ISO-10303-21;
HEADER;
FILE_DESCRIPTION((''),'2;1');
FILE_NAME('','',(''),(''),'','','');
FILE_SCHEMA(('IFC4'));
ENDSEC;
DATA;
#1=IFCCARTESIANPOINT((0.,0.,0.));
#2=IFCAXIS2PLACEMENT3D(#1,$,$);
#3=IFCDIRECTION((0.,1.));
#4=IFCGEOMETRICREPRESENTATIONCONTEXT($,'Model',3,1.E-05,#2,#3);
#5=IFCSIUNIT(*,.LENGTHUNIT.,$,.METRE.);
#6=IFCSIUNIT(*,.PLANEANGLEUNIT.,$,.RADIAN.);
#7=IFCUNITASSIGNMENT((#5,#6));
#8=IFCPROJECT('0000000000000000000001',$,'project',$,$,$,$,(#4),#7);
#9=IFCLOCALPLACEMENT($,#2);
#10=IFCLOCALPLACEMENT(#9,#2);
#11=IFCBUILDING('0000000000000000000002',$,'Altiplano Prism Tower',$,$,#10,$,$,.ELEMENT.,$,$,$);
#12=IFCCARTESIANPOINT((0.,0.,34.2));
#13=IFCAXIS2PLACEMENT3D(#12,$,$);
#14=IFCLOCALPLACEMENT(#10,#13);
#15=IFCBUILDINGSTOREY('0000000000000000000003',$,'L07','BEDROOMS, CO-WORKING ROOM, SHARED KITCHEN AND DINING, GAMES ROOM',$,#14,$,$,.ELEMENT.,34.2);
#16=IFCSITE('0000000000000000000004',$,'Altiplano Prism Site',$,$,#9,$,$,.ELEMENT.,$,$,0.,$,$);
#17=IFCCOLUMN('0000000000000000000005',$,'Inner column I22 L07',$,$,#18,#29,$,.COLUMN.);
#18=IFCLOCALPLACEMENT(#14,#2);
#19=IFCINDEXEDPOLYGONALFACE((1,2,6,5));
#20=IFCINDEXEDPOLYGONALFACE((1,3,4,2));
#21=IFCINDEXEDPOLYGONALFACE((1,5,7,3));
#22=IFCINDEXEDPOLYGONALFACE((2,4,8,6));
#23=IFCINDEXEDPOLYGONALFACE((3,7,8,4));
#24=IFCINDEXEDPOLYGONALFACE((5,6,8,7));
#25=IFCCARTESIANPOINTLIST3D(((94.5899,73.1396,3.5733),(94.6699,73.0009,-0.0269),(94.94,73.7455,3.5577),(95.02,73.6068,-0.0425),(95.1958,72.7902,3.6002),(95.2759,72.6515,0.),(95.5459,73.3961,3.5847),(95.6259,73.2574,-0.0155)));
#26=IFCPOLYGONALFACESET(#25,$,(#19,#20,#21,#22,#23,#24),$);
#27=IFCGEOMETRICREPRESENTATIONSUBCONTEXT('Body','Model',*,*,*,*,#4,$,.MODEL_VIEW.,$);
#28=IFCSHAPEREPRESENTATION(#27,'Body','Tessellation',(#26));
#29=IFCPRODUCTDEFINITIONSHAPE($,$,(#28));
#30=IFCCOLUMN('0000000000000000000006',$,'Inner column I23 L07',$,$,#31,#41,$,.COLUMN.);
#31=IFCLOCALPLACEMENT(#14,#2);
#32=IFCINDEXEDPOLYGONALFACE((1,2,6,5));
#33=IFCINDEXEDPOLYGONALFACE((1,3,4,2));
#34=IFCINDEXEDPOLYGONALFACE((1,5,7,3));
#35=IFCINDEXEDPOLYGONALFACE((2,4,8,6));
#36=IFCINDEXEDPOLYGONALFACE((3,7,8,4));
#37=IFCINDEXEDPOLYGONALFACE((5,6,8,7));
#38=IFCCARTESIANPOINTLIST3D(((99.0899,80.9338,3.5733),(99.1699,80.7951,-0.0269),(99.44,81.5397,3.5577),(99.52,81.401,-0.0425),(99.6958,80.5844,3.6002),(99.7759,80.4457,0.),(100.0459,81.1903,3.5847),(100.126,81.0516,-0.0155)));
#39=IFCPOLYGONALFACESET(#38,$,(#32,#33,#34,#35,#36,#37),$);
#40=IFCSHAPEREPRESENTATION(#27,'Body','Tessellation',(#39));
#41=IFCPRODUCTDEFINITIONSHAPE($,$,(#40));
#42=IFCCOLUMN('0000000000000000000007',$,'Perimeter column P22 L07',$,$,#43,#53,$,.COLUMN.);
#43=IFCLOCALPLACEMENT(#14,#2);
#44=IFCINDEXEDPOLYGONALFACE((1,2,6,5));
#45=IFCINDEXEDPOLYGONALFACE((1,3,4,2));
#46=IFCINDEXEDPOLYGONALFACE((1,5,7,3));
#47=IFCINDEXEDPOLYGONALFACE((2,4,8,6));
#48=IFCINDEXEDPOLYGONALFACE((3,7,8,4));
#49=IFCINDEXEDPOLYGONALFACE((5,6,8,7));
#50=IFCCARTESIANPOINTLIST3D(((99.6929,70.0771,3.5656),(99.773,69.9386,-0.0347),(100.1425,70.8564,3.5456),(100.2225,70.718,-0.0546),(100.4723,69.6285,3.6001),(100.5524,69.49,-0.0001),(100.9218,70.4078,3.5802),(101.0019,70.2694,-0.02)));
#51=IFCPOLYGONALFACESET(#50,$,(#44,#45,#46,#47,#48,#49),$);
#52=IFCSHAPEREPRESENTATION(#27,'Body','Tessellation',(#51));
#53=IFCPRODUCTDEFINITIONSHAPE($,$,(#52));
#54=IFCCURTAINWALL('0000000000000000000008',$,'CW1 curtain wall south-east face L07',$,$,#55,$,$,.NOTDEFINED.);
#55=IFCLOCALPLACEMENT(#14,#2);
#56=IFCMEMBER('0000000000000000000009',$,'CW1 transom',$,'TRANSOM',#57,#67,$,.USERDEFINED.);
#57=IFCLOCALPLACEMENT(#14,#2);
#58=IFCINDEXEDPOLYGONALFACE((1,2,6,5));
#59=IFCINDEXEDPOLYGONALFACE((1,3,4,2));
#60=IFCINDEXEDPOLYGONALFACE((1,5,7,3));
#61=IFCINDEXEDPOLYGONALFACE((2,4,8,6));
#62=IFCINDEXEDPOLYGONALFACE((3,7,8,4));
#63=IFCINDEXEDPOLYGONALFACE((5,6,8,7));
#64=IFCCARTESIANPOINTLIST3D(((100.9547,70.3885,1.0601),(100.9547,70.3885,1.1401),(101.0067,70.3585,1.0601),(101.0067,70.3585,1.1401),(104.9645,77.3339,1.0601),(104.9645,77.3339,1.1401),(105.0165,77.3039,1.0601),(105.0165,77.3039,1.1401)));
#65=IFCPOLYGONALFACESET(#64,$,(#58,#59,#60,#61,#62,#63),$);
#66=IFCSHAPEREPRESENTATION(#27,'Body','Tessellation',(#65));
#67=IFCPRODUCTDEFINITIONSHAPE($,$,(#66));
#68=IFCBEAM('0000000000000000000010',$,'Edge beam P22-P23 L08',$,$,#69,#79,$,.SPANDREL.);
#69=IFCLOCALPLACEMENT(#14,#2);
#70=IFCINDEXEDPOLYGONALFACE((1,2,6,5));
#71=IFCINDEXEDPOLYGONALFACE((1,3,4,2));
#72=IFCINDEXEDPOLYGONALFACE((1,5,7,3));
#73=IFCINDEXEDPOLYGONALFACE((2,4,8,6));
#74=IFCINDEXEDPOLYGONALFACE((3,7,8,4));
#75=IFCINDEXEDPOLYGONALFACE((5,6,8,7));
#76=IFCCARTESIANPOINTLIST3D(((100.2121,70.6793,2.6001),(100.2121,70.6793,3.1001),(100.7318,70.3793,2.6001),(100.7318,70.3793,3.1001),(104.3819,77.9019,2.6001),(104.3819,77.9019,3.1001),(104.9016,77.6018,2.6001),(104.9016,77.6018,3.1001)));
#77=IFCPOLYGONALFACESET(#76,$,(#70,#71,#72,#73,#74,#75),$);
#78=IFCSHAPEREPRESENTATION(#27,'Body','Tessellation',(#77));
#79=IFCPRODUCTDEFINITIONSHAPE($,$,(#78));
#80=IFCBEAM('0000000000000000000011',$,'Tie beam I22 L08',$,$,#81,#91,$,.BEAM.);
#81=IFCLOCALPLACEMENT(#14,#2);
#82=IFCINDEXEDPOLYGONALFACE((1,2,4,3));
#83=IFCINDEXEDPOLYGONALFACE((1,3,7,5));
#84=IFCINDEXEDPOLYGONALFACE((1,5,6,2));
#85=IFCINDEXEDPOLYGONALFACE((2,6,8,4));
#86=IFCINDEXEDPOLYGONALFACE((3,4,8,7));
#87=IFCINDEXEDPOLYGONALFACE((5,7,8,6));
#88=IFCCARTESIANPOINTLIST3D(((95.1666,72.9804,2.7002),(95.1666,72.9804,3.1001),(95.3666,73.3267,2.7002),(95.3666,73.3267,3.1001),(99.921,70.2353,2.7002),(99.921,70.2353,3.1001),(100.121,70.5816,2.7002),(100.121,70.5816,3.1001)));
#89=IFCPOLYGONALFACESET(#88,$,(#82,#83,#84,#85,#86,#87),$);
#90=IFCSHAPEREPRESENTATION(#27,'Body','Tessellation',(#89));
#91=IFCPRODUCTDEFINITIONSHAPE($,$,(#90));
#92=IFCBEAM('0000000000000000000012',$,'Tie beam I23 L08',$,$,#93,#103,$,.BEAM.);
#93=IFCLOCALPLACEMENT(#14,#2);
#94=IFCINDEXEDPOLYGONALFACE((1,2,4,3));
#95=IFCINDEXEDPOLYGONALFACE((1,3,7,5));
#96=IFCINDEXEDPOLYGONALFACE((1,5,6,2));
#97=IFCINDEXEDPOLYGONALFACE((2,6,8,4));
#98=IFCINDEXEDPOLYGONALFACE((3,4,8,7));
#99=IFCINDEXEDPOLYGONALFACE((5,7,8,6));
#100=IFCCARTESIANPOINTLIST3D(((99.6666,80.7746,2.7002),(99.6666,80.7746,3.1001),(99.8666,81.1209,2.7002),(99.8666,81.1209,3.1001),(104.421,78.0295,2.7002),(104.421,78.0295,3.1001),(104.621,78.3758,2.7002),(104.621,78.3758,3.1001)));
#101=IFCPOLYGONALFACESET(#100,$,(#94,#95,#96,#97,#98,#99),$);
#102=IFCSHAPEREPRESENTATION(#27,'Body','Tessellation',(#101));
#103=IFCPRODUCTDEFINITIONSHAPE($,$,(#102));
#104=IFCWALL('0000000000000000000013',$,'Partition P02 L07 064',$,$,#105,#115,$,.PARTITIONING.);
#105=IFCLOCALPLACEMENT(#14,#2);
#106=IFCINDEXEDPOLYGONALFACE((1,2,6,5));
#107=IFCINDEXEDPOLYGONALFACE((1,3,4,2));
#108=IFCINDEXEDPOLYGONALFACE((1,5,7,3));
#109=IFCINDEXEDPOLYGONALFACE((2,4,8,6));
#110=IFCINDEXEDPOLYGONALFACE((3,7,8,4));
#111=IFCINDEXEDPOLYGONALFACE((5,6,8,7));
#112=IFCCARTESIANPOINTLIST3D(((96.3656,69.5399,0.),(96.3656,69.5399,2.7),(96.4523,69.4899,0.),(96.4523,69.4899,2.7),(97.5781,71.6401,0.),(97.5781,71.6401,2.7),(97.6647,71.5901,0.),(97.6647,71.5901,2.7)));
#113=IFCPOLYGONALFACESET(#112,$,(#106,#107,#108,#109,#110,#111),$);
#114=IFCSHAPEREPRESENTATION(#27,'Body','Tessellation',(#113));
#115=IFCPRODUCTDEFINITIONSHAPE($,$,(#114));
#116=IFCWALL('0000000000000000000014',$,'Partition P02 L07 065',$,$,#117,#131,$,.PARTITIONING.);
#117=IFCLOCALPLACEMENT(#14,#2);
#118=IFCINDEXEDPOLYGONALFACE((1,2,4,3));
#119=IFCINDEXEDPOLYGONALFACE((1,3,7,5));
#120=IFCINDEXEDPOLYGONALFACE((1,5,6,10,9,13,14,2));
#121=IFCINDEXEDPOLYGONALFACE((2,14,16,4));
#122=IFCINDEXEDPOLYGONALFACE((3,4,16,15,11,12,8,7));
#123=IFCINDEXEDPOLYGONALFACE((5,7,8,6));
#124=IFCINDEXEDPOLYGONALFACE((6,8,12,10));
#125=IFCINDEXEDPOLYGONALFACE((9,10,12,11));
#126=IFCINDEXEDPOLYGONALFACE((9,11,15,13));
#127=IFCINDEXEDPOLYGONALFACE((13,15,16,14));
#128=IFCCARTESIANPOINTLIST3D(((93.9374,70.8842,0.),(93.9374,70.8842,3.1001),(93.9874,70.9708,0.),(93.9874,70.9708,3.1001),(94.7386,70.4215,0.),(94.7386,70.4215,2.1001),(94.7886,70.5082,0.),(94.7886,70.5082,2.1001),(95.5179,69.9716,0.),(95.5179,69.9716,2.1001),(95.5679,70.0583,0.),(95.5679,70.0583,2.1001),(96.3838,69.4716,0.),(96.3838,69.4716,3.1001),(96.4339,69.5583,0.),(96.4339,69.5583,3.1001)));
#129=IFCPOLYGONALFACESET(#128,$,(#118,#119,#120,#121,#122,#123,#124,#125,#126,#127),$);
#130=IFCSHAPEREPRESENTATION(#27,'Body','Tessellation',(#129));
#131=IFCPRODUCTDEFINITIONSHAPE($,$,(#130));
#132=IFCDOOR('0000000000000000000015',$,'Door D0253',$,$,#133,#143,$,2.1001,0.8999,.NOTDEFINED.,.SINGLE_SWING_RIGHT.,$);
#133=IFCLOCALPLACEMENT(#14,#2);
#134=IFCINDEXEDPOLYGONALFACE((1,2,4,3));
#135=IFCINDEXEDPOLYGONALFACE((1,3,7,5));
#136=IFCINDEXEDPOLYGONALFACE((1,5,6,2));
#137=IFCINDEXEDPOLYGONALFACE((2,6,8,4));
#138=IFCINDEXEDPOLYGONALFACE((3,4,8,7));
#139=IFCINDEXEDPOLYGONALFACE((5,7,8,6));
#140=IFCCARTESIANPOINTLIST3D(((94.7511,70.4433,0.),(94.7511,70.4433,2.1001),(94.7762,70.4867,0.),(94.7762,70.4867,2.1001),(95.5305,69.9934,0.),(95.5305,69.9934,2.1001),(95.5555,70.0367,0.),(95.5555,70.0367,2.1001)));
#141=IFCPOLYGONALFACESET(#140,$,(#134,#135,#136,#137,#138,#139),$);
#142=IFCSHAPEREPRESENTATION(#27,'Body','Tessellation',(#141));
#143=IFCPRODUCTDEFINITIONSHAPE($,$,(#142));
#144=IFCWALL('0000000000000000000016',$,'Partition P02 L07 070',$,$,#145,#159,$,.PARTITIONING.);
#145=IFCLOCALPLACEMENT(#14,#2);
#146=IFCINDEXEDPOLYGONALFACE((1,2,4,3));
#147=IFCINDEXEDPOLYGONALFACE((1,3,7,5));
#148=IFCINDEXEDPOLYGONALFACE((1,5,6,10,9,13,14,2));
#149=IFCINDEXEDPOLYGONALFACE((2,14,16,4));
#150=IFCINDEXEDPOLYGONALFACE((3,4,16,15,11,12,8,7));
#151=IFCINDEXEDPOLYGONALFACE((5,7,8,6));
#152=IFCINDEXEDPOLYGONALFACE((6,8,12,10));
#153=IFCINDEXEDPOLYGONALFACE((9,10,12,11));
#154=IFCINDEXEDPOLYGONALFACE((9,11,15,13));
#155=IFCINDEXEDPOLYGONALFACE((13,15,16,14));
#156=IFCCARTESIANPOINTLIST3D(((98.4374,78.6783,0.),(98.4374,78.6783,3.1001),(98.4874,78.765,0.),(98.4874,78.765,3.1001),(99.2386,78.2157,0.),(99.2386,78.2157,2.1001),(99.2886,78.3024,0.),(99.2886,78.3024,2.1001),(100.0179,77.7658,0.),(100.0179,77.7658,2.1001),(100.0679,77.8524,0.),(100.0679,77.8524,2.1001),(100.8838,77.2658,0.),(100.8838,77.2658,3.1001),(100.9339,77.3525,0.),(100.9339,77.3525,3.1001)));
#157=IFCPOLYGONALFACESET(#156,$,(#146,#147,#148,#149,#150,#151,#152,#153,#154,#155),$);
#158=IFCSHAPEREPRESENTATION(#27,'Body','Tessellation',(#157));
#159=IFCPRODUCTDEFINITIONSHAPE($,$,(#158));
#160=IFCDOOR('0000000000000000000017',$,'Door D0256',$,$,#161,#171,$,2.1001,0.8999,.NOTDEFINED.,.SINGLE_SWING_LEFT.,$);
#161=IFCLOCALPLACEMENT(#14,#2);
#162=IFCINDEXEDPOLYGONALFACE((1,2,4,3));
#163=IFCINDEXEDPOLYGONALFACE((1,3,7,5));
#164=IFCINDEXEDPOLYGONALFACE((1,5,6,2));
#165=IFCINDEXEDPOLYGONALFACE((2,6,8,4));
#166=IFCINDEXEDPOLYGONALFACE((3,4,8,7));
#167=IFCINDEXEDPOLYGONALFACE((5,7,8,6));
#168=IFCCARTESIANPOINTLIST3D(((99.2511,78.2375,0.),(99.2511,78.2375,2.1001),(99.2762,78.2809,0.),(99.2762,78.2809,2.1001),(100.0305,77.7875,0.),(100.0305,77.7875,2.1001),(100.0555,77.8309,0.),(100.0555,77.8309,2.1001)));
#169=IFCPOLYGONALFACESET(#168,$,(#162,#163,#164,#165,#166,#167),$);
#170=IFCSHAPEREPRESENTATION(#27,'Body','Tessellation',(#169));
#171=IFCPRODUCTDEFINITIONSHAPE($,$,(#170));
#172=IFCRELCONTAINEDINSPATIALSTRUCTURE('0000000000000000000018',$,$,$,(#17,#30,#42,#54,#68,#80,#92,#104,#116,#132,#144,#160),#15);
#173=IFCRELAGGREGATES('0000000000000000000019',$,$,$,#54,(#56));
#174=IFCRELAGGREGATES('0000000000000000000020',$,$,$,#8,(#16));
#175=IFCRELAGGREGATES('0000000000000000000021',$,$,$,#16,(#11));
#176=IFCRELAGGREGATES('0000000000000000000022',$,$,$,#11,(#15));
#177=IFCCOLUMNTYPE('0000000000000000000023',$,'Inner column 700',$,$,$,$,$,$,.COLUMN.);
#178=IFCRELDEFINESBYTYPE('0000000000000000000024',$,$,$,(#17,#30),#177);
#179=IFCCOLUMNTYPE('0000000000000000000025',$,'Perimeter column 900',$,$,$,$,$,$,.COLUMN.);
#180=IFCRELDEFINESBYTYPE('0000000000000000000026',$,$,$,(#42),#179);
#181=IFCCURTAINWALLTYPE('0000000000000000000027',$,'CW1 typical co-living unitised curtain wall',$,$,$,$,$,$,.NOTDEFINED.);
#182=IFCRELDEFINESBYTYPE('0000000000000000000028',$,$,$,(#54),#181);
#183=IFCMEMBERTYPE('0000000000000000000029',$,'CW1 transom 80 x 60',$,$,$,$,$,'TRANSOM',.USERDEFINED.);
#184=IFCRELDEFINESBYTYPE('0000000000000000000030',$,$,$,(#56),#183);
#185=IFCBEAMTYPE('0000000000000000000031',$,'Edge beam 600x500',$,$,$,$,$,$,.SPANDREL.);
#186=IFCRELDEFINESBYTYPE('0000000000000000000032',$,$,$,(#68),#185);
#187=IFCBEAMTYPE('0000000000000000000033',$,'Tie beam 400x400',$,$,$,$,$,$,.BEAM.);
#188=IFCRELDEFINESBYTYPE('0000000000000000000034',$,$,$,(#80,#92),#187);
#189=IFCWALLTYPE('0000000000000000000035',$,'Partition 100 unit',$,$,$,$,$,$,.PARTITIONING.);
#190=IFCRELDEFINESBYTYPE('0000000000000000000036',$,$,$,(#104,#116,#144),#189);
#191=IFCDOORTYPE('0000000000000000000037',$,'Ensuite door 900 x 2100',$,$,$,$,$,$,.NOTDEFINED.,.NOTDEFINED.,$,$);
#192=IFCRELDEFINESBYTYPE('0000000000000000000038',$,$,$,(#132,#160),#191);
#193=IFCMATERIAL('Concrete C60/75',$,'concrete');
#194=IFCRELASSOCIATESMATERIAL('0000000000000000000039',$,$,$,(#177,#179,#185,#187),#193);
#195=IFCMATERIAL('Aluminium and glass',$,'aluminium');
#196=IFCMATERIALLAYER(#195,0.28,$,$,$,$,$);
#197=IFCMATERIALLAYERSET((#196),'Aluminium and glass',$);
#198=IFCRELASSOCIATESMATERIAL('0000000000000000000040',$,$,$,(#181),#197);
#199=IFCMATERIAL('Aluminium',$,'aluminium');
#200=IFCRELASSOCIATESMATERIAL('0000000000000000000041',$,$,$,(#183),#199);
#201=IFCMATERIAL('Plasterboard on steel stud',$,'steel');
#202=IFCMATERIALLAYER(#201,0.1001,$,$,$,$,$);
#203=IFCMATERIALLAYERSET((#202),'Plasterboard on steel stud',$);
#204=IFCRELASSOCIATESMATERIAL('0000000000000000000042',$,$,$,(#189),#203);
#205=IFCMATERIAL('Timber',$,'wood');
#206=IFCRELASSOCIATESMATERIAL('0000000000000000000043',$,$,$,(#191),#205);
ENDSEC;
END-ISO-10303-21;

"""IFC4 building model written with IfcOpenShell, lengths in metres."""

from ifc_helpers import new_model, si_unit, direction, frame, frame_2d, origin, origin_2d, place, context, subcontext, project, spatial, rectangle, extrude, material, layer, layer_set, material_profile, profile_set, type_object, element, fill, aggregate, save


model = new_model("IFC4")

# Units and contexts
model_context = context("Model", 3, precision=1e-05, world=origin(), true_north=direction((0.0, 1.0)))
body_context = subcontext(model_context, "Body", "Model", "MODEL_VIEW")
ifc_project = project(units=[si_unit("LENGTHUNIT", "METRE"), si_unit("PLANEANGLEUNIT", "RADIAN")], contexts=[model_context])

# Site, building, storey
site_placement = place(None, origin())
site = spatial("IfcSite", under=ifc_project, at=site_placement, Name="Altiplano Prism Site", CompositionType="ELEMENT", RefElevation=0.0)
building_placement = place(site_placement, origin())
building = spatial("IfcBuilding", under=site, at=building_placement, Name="Altiplano Prism Tower", CompositionType="ELEMENT")
storey_placement = place(building_placement, frame((0.0, 0.0, 34.2)))
storey = spatial("IfcBuildingStorey", under=building, at=storey_placement, Name="L07", Description="BEDROOMS, CO-WORKING ROOM, SHARED KITCHEN AND DINING, GAMES ROOM", CompositionType="ELEMENT", Elevation=34.2)

# Columns
ifc_material_1 = material(Name="Concrete C60/75", Category="concrete")
ifc_material_profile_1 = material_profile(ifc_material_1, rectangle(XDim=0.7, YDim=0.7, at=origin_2d()), Name="Inner column 700")
ifc_profile_set_1 = profile_set([ifc_material_profile_1], Name="Concrete C60/75")
column_type_1 = type_object("IfcColumnType", Name="Inner column 700", PredefinedType="COLUMN", material=ifc_profile_set_1)
for number, where, z_axis, x_axis, name in (
    (1, (95.1479, 73.1292, -0.0212), (-0.022221, 0.038481, 0.999012), (-0.500165, -0.865645, 0.022218), "Inner column I22 L07"),
    (2, (99.6479, 80.9233, -0.0212), (-0.022221, 0.038481, 0.999012), (-0.500175, -0.865639, 0.022218), "Inner column I23 L07"),
):
    element("IfcColumn", number, at=place(storey_placement, frame(where, z_axis=z_axis, x_axis=x_axis)), inside=storey, type_object=column_type_1, Name=name, PredefinedType="COLUMN", context=body_context, shape_type="SweptSolid", body=[
        extrude(rectangle(XDim=0.7, YDim=0.7, at=origin_2d()), origin(), (0.0, 0.0, 1.0), 3.6038),
    ])
ifc_material_profile_2 = material_profile(ifc_material_1, rectangle(XDim=0.8999, YDim=0.8999, at=origin_2d()), Name="Perimeter column 900")
ifc_profile_set_2 = profile_set([ifc_material_profile_2], Name="Concrete C60/75")
column_type_2 = type_object("IfcColumnType", Name="Perimeter column 900", PredefinedType="COLUMN", material=ifc_profile_set_2)
column_placement = place(storey_placement, frame((100.3875, 70.104, -0.0273), z_axis=(-0.022221, 0.038413, 0.999015), x_axis=(-0.499508, -0.866025, 0.022189)))
element("IfcColumn", 3, at=column_placement, inside=storey, type_object=column_type_2, Name="Perimeter column P22 L07", PredefinedType="COLUMN", context=body_context, shape_type="SweptSolid", body=[
    extrude(rectangle(XDim=0.8999, YDim=0.8999, at=origin_2d()), origin(), (0.0, 0.0, 1.0), 3.6038),
])

# Curtain wall, member
ifc_material_2 = material(Name="Aluminium and glass", Category="aluminium")
ifc_layer_1 = layer(ifc_material_2, 0.28)
ifc_layer_set_1 = layer_set([ifc_layer_1], Name="Aluminium and glass")
curtain_wall_type = type_object("IfcCurtainWallType", Name="CW1 typical co-living unitised curtain wall", PredefinedType="NOTDEFINED", material=ifc_layer_set_1)
curtain_wall_placement = place(storey_placement, origin())
curtain_wall = element("IfcCurtainWall", 4, at=curtain_wall_placement, inside=storey, type_object=curtain_wall_type, Name="CW1 curtain wall south-east face L07", PredefinedType="NOTDEFINED")
ifc_material_3 = material(Name="Aluminium", Category="aluminium")
ifc_material_profile_3 = material_profile(ifc_material_3, rectangle(XDim=0.0601, YDim=0.0801, at=origin_2d()), Name="CW1 transom 80 x 60")
ifc_profile_set_3 = profile_set([ifc_material_profile_3], Name="Aluminium")
member_type = type_object("IfcMemberType", Name="CW1 transom 80 x 60", ElementType="TRANSOM", PredefinedType="USERDEFINED", material=ifc_profile_set_3)
member_placement = place(storey_placement, frame((100.9807, 70.3735, 1.1001), z_axis=(0.499989, 0.866031, 0.0), x_axis=(-0.866031, 0.499989, 0.0)))
member = element("IfcMember", 5, at=member_placement, type_object=member_type, Name="CW1 transom", ObjectType="TRANSOM", PredefinedType="USERDEFINED", context=body_context, shape_type="SweptSolid", body=[
    extrude(rectangle(XDim=0.0601, YDim=0.0801, at=origin_2d()), origin(), (0.0, 0.0, 1.0), 8.0198),
])
aggregate(curtain_wall, [member])

# Beams
ifc_material_profile_4 = material_profile(ifc_material_1, rectangle(XDim=0.6001, YDim=0.5, at=origin_2d()), Name="Edge beam 600x500")
ifc_profile_set_4 = profile_set([ifc_material_profile_4], Name="Concrete C60/75")
beam_type_1 = type_object("IfcBeamType", Name="Edge beam 600x500", PredefinedType="SPANDREL", material=ifc_profile_set_4)
beam_placement = place(storey_placement, frame((100.4719, 70.5293, 2.8501), z_axis=(0.499993, 0.86603, 0.0), x_axis=(-0.86603, 0.499993, 0.0)))
element("IfcBeam", 6, at=beam_placement, inside=storey, type_object=beam_type_1, Name="Edge beam P22-P23 L08", PredefinedType="SPANDREL", context=body_context, shape_type="SweptSolid", body=[
    extrude(rectangle(XDim=0.6001, YDim=0.5, at=origin_2d()), origin(), (0.0, 0.0, 1.0), 8.3398),
])
ifc_material_profile_5 = material_profile(ifc_material_1, rectangle(XDim=0.3999, YDim=0.3999, at=origin_2d()), Name="Tie beam 400x400")
ifc_profile_set_5 = profile_set([ifc_material_profile_5], Name="Concrete C60/75")
beam_type_2 = type_object("IfcBeamType", Name="Tie beam 400x400", PredefinedType="BEAM", material=ifc_profile_set_5)
for number, where, z_axis, x_axis, name in (
    (7, (95.2666, 73.1536, 2.9001), (0.866012, -0.500023, 0.0), (0.500023, 0.866012, 0.0), "Tie beam I22 L08"),
    (8, (99.7666, 80.9478, 2.9001), (0.866012, -0.500023, 0.0), (0.500023, 0.866012, 0.0), "Tie beam I23 L08"),
):
    element("IfcBeam", number, at=place(storey_placement, frame(where, z_axis=z_axis, x_axis=x_axis)), inside=storey, type_object=beam_type_2, Name=name, PredefinedType="BEAM", context=body_context, shape_type="SweptSolid", body=[
        extrude(rectangle(XDim=0.3999, YDim=0.3999, at=origin_2d()), origin(), (0.0, 0.0, 1.0), 5.49),
    ])

# Wall
ifc_material_4 = material(Name="Plasterboard on steel stud", Category="steel")
ifc_layer_2 = layer(ifc_material_4, 0.1001)
ifc_layer_set_2 = layer_set([ifc_layer_2], Name="Plasterboard on steel stud")
wall_type_1 = type_object("IfcWallType", Name="Partition 100 unit", PredefinedType="PARTITIONING", material=ifc_layer_set_2)
wall_1_placement = place(storey_placement, frame((97.6213, 71.615, 0.0), z_axis=(0.0, 0.0, 1.0), x_axis=(-0.499972, -0.866041, 0.0)))
element("IfcWall", 9, at=wall_1_placement, inside=storey, type_object=wall_type_1, Name="Partition P02 L07 064", PredefinedType="PARTITIONING", context=body_context, shape_type="SweptSolid", body=[
    extrude(rectangle(XDim=2.425, YDim=0.1001, at=frame_2d((1.2124, 0.0))), origin(), (0.0, 0.0, 1.0), 2.7),
])

# Walls, openings, doors
wall_2_placement = place(storey_placement, frame((96.4089, 69.5149, 0.0), z_axis=(0.0, 0.0, 1.0), x_axis=(-0.866011, 0.500024, 0.0)))
wall_2 = element("IfcWall", 10, at=wall_2_placement, inside=storey, type_object=wall_type_1, Name="Partition P02 L07 065", PredefinedType="PARTITIONING", context=body_context, shape_type="SweptSolid", body=[
    extrude(rectangle(XDim=2.825, YDim=0.1001, at=frame_2d((1.4126, 0.0))), origin(), (0.0, 0.0, 1.0), 3.1001),
])
opening_1_placement = place(wall_2_placement, frame((1.0, 0.0, 0.0)))
opening_1 = element("IfcOpeningElement", 11, at=opening_1_placement, cuts=wall_2, PredefinedType="OPENING", context=body_context, shape_type="SweptSolid", body=[
    extrude(rectangle(XDim=0.8999, YDim=2.1001, at=frame_2d((0.45, 1.05))), frame((0.0, 0.0605, 0.0), z_axis=(0.0, -1.0, 0.0), x_axis=(1.0, 0.0, 0.0)), (0.0, 0.0, 1.0), 0.1211),
])
ifc_material_5 = material(Name="Timber", Category="wood")
door_type = type_object("IfcDoorType", Name="Ensuite door 900 x 2100", OperationType="NOTDEFINED", PredefinedType="NOTDEFINED", material=ifc_material_5)
door_1_placement = place(opening_1_placement, origin())
door_1 = element("IfcDoor", 12, at=door_1_placement, inside=storey, type_object=door_type, Name="Door D0253", OperationType="SINGLE_SWING_RIGHT", OverallHeight=2.1001, OverallWidth=0.8999, PredefinedType="NOTDEFINED", context=body_context, shape_type="SweptSolid", body=[
    extrude(rectangle(XDim=0.8999, YDim=2.1001, at=frame_2d((0.45, 1.05))), frame((0.0, 0.0249, 0.0), z_axis=(0.0, -1.0, 0.0), x_axis=(1.0, 0.0, 0.0)), (0.0, 0.0, 1.0), 0.05),
])
fill(opening_1, door_1)
wall_3_placement = place(storey_placement, frame((100.9089, 77.3091, 0.0), z_axis=(0.0, 0.0, 1.0), x_axis=(-0.866011, 0.500024, 0.0)))
wall_3 = element("IfcWall", 13, at=wall_3_placement, inside=storey, type_object=wall_type_1, Name="Partition P02 L07 070", PredefinedType="PARTITIONING", context=body_context, shape_type="SweptSolid", body=[
    extrude(rectangle(XDim=2.825, YDim=0.1001, at=frame_2d((1.4126, 0.0))), origin(), (0.0, 0.0, 1.0), 3.1001),
])
opening_2_placement = place(wall_3_placement, frame((1.0, 0.0, 0.0)))
opening_2 = element("IfcOpeningElement", 14, at=opening_2_placement, cuts=wall_3, PredefinedType="OPENING", context=body_context, shape_type="SweptSolid", body=[
    extrude(rectangle(XDim=0.8999, YDim=2.1001, at=frame_2d((0.45, 1.05))), frame((0.0, 0.0605, 0.0), z_axis=(0.0, -1.0, 0.0), x_axis=(1.0, 0.0, 0.0)), (0.0, 0.0, 1.0), 0.1211),
])
door_2_placement = place(opening_2_placement, origin())
door_2 = element("IfcDoor", 15, at=door_2_placement, inside=storey, type_object=door_type, Name="Door D0256", OperationType="SINGLE_SWING_LEFT", OverallHeight=2.1001, OverallWidth=0.8999, PredefinedType="NOTDEFINED", context=body_context, shape_type="SweptSolid", body=[
    extrude(rectangle(XDim=0.8999, YDim=2.1001, at=frame_2d((0.45, 1.05))), frame((0.0, 0.0249, 0.0), z_axis=(0.0, -1.0, 0.0), x_axis=(1.0, 0.0, 0.0)), (0.0, 0.0, 1.0), 0.05),
])
fill(opening_2, door_2)

save(model, "model.ifc")
